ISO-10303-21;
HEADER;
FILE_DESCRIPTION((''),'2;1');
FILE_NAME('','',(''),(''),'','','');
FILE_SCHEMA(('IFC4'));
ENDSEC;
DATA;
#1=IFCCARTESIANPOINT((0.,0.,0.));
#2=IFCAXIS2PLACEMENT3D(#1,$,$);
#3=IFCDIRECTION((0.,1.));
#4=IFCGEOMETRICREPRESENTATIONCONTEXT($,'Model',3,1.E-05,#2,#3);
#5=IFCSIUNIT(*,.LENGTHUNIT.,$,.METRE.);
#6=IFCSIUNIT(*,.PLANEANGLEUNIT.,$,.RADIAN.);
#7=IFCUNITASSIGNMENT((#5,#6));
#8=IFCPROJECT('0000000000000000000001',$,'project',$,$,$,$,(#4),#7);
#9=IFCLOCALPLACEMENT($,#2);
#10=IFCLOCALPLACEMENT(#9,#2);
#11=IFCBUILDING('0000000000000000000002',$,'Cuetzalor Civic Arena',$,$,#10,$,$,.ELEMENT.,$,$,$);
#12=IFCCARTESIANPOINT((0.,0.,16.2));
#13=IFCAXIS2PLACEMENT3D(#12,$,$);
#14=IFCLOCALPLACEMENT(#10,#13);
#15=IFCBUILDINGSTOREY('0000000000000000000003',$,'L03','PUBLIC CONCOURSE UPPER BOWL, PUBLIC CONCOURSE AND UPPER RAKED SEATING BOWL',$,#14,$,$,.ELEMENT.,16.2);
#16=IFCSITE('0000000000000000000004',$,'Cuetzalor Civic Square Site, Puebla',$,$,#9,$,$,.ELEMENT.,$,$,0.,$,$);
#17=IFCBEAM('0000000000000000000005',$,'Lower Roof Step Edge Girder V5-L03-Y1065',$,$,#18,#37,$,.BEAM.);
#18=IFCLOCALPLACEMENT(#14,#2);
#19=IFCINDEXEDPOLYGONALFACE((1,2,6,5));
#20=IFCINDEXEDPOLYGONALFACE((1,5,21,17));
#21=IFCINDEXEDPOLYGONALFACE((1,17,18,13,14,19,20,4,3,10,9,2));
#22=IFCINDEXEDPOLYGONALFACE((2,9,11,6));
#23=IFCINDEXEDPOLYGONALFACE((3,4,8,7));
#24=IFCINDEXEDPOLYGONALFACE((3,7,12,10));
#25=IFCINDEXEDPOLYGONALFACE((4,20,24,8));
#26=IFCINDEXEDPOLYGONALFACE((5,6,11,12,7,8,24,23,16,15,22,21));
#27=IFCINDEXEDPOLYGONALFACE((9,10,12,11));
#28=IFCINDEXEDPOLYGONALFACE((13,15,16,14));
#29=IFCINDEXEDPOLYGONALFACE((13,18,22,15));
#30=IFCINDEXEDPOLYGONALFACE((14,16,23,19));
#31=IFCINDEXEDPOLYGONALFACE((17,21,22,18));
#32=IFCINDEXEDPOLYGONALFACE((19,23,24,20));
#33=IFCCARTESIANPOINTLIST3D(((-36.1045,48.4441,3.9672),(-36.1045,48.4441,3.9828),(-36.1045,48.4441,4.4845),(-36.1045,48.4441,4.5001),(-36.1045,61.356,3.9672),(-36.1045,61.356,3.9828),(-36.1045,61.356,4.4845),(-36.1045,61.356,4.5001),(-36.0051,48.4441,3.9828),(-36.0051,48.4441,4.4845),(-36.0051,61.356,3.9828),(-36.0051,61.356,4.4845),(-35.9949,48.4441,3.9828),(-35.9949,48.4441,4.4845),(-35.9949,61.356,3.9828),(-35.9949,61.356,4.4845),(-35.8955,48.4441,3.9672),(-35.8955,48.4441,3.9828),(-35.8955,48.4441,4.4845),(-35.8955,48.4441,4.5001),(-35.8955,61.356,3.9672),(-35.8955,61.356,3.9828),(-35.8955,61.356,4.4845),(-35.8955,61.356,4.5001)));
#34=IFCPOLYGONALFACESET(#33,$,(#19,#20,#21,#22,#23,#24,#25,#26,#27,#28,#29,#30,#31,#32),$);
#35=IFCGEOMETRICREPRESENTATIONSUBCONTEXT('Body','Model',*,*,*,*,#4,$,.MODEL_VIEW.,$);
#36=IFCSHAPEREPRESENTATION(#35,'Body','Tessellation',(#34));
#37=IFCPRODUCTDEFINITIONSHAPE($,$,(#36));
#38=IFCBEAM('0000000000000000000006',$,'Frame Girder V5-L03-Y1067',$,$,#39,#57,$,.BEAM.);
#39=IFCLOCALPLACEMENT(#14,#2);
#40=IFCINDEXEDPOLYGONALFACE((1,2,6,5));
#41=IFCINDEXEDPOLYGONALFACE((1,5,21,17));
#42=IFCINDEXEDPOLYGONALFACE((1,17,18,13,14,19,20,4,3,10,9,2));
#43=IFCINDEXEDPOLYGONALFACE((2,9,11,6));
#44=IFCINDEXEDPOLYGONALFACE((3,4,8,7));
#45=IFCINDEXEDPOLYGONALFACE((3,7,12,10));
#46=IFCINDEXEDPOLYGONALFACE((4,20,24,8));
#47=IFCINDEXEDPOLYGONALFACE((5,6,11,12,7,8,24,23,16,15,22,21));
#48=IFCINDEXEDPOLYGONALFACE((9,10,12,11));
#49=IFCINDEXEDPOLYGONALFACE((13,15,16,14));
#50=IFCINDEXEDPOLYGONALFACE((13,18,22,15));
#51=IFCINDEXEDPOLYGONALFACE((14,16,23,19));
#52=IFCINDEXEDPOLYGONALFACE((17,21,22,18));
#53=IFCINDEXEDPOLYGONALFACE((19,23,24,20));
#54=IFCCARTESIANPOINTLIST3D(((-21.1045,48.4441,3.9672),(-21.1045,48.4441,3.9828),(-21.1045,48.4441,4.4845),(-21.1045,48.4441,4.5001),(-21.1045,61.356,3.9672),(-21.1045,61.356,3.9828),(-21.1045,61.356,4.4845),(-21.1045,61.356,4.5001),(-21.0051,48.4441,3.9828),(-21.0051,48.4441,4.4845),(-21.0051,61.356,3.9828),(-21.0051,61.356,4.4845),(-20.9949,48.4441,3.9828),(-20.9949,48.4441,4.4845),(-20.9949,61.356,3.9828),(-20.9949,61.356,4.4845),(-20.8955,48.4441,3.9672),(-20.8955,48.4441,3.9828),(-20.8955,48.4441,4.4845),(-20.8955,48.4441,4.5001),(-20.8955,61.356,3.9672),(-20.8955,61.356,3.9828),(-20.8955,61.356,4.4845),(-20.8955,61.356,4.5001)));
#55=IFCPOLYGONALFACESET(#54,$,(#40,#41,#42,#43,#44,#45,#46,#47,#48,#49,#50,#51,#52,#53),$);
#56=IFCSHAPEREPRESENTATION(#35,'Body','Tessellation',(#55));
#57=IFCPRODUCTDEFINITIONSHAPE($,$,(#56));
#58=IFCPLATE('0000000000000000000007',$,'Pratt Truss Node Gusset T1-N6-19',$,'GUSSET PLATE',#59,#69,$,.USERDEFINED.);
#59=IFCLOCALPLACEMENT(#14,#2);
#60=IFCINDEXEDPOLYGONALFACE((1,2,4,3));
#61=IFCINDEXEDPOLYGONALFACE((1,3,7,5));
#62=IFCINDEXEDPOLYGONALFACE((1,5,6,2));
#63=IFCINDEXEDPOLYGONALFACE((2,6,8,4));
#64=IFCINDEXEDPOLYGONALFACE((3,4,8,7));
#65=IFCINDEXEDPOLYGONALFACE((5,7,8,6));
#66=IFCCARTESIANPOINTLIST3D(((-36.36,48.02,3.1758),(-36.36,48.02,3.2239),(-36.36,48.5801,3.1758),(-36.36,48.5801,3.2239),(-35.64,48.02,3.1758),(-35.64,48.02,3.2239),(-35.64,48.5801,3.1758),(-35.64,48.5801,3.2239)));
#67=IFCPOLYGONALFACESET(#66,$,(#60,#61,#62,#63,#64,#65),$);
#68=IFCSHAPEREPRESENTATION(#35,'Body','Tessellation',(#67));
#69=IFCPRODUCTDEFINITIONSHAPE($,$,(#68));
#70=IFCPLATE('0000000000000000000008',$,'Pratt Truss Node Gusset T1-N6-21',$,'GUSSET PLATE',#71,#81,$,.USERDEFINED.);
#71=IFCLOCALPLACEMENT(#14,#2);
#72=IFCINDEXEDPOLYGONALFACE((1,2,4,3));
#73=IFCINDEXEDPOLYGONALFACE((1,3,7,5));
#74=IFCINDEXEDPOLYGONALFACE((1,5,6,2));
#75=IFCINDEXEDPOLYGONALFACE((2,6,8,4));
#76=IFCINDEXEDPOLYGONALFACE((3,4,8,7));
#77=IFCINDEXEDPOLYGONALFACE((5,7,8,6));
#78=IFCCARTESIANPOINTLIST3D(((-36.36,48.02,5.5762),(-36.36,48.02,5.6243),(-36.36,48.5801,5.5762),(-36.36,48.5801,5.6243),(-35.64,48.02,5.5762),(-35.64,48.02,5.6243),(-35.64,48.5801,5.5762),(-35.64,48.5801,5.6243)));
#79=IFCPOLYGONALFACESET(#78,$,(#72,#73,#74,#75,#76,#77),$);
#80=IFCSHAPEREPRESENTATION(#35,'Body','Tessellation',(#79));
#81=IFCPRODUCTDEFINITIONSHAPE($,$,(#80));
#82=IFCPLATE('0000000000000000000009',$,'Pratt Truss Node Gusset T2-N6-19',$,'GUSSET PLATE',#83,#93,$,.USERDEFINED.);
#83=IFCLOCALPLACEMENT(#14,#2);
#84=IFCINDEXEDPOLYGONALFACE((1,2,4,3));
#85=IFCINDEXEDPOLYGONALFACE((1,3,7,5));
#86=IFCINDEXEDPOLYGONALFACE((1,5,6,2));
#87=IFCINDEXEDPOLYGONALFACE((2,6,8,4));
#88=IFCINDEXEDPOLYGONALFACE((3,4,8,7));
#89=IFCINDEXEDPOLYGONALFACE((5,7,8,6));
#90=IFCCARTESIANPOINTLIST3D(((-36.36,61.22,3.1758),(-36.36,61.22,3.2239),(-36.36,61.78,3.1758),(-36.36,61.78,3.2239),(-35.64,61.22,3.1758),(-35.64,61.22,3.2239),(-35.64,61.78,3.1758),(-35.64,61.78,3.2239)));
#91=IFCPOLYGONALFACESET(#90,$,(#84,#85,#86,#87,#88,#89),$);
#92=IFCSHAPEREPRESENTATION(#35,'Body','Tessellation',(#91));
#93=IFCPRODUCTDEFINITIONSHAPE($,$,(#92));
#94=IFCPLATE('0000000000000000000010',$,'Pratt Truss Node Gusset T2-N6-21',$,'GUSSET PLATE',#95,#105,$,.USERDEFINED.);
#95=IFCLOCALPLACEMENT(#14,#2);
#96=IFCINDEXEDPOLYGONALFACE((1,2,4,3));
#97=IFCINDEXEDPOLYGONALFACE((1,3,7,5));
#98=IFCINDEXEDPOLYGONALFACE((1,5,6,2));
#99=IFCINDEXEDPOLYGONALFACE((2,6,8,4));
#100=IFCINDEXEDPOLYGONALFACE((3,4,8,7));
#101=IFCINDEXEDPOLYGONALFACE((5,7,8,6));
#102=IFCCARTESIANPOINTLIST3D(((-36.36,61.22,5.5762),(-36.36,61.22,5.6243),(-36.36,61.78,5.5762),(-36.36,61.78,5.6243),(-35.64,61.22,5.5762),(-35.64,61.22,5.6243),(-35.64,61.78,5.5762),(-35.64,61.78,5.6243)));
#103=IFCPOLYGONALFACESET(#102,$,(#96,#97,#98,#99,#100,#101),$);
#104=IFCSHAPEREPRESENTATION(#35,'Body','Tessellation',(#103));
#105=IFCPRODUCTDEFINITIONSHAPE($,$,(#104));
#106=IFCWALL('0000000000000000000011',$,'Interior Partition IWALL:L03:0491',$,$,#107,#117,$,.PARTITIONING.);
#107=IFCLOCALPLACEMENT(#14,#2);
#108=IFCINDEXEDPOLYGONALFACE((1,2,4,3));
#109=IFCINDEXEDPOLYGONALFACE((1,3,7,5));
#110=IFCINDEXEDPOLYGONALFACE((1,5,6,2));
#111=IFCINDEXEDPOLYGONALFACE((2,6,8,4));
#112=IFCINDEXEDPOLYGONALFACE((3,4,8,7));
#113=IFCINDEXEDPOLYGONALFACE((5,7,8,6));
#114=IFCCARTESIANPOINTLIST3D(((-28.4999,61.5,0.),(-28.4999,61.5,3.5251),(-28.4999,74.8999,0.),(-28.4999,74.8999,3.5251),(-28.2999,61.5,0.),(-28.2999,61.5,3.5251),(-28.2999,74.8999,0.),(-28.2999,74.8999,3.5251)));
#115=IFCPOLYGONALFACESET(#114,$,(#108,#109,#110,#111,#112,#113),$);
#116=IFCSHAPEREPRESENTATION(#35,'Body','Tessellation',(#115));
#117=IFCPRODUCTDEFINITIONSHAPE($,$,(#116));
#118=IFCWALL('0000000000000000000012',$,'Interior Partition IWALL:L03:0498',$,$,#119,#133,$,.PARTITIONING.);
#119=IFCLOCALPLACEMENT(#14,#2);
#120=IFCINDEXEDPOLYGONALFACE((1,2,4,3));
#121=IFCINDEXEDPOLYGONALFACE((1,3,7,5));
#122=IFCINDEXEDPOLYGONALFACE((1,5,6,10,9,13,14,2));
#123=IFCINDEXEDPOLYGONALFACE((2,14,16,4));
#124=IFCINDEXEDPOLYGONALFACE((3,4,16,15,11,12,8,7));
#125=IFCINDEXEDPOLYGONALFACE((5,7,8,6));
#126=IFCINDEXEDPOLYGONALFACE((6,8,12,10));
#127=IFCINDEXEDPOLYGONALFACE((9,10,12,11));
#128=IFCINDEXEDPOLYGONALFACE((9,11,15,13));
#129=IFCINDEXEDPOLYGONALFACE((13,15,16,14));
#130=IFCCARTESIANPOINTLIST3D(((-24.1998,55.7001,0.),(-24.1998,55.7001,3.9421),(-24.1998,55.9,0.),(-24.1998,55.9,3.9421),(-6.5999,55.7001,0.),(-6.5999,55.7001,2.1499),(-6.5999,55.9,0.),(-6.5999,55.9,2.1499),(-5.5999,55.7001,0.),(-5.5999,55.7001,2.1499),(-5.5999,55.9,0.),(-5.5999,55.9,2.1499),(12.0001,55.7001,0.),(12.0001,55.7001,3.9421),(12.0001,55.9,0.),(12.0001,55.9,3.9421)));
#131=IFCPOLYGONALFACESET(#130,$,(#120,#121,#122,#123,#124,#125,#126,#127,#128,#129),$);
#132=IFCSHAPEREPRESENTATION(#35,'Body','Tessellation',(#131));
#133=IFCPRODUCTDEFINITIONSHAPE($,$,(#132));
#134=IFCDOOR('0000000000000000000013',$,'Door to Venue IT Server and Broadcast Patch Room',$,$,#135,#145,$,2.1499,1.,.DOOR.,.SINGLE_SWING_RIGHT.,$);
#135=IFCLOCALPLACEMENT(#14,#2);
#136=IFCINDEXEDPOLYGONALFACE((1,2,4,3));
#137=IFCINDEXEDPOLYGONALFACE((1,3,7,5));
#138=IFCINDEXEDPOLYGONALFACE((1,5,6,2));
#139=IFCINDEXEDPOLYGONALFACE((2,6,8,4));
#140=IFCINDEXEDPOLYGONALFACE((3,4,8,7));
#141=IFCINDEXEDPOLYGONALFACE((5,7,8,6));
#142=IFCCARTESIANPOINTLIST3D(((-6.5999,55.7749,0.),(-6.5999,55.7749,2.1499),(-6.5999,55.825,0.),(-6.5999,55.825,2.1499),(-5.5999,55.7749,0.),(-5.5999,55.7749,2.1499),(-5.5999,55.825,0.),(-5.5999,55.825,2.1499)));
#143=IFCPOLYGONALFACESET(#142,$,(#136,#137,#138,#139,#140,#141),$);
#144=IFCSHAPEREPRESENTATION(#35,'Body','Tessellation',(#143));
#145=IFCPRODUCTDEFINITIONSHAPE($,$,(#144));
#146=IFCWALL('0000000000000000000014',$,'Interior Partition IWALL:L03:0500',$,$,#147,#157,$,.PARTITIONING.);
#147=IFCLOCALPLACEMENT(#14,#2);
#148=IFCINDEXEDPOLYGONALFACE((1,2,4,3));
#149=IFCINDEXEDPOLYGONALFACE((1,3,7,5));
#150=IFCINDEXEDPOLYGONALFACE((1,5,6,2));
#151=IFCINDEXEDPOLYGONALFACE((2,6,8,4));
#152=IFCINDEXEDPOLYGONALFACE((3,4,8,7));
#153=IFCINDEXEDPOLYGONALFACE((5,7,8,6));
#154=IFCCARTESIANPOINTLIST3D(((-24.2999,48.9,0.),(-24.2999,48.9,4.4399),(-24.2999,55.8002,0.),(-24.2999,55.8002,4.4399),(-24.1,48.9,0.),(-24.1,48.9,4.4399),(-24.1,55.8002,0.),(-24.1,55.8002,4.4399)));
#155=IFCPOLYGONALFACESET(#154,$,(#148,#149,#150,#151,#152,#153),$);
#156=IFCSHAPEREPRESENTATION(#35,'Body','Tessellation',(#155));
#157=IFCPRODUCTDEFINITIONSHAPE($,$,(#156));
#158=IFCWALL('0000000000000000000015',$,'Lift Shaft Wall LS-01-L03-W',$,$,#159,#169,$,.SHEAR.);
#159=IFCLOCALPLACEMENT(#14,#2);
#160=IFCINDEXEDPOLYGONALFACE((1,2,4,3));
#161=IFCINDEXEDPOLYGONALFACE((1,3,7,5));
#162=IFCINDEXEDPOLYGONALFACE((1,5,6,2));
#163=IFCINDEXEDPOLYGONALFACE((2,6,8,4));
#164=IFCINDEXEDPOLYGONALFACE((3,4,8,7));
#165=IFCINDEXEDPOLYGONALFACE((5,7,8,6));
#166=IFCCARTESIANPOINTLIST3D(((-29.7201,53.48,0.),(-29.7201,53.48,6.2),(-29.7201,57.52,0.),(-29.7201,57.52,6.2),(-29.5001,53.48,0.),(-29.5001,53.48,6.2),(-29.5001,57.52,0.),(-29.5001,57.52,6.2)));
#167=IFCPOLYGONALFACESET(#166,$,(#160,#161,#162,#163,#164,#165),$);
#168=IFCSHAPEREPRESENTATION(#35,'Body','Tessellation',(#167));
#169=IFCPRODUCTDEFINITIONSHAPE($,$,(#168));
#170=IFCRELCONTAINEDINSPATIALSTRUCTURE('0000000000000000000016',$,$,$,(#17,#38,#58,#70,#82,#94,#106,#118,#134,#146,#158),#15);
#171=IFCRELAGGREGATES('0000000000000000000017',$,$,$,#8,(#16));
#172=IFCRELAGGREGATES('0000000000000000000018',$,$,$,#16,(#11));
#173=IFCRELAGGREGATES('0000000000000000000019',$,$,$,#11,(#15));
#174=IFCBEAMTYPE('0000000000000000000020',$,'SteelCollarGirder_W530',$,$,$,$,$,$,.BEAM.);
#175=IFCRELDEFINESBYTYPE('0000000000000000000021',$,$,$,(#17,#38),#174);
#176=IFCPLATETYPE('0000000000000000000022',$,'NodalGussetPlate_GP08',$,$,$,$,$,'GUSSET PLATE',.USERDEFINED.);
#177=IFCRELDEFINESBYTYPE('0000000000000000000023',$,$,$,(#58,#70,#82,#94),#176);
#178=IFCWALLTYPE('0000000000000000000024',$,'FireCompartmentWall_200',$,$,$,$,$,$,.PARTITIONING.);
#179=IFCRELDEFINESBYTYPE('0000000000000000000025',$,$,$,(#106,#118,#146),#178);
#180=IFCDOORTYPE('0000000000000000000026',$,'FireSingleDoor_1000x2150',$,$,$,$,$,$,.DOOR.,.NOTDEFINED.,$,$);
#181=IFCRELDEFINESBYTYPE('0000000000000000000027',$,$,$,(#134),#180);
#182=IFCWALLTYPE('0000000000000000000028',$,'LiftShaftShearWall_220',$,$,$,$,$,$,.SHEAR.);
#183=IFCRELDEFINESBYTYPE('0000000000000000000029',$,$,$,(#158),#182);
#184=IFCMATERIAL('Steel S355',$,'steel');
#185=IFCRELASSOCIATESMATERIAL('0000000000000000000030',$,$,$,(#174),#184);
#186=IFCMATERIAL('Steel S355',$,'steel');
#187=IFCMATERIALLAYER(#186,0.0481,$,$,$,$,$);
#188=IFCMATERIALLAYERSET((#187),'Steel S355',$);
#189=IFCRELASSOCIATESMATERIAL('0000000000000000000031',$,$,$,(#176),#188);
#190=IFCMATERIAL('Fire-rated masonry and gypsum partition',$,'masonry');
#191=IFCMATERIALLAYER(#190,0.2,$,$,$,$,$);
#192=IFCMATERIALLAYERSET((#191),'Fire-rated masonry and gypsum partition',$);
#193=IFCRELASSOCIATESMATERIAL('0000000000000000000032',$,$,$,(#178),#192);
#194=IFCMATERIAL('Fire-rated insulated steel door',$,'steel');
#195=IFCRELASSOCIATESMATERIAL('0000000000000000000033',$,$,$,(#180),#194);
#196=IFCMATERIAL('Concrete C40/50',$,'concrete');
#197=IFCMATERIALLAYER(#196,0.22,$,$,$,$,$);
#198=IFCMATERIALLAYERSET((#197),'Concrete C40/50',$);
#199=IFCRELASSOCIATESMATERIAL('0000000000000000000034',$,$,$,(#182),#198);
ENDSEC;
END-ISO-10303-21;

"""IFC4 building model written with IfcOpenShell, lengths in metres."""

from ifc_helpers import new_model, si_unit, direction, frame, frame_2d, origin, origin_2d, place, context, subcontext, project, spatial, rectangle, i_section, extrude, material, layer, layer_set, material_profile, profile_set, type_object, element, fill, save


model = new_model("IFC4")

# Units and contexts
model_context = context("Model", 3, precision=1e-05, world=origin(), true_north=direction((0.0, 1.0)))
body_context = subcontext(model_context, "Body", "Model", "MODEL_VIEW")
ifc_project = project(units=[si_unit("LENGTHUNIT", "METRE"), si_unit("PLANEANGLEUNIT", "RADIAN")], contexts=[model_context])

# Site, building, storey
site_placement = place(None, origin())
site = spatial("IfcSite", under=ifc_project, at=site_placement, Name="Cuetzalor Civic Square Site, Puebla", CompositionType="ELEMENT", RefElevation=0.0)
building_placement = place(site_placement, origin())
building = spatial("IfcBuilding", under=site, at=building_placement, Name="Cuetzalor Civic Arena", CompositionType="ELEMENT")
storey_placement = place(building_placement, frame((0.0, 0.0, 16.2)))
storey = spatial("IfcBuildingStorey", under=building, at=storey_placement, Name="L03", Description="PUBLIC CONCOURSE UPPER BOWL, PUBLIC CONCOURSE AND UPPER RAKED SEATING BOWL", CompositionType="ELEMENT", Elevation=16.2)

# Beams
ifc_material_1 = material(Name="Steel S355", Category="steel")
ifc_material_profile_1 = material_profile(ifc_material_1, i_section(OverallWidth=0.209, OverallDepth=0.533, WebThickness=0.0103, FlangeThickness=0.0156, at=origin_2d()), Name="W530x92")
ifc_profile_set_1 = profile_set([ifc_material_profile_1], Name="Steel S355")
beam_type_1 = type_object("IfcBeamType", Name="SteelCollarGirder_W530", PredefinedType="BEAM", material=ifc_profile_set_1)
for number, where, z_axis, x_axis, name in (
    (1, (-36.0, 48.4441, 4.2336), (0.0, 1.0, 0.0), (-1.0, 0.0, 0.0), "Lower Roof Step Edge Girder V5-L03-Y1065"),
    (2, (-21.0, 48.4441, 4.2336), (0.0, 1.0, 0.0), (-1.0, 0.0, 0.0), "Frame Girder V5-L03-Y1067"),
):
    element("IfcBeam", number, at=place(storey_placement, frame(where, z_axis=z_axis, x_axis=x_axis)), inside=storey, type_object=beam_type_1, Name=name, PredefinedType="BEAM", context=body_context, shape_type="SweptSolid", body=[
        extrude(i_section(OverallWidth=0.209, OverallDepth=0.533, WebThickness=0.0103, FlangeThickness=0.0156, at=origin_2d()), origin(), (0.0, 0.0, 1.0), 12.9119),
    ])

# Plates
ifc_material_2 = material(Name="Steel S355", Category="steel")
ifc_layer_1 = layer(ifc_material_2, 0.0481)
ifc_layer_set_1 = layer_set([ifc_layer_1], Name="Steel S355")
plate_type = type_object("IfcPlateType", Name="NodalGussetPlate_GP08", ElementType="GUSSET PLATE", PredefinedType="USERDEFINED", material=ifc_layer_set_1)
for number, where, z_axis, x_axis, name in (
    (3, (-36.0, 48.3, 3.1758), (0.0, 0.0, 1.0), (1.0, 0.0, 0.0), "Pratt Truss Node Gusset T1-N6-19"),
    (4, (-36.0, 48.3, 5.5762), (0.0, 0.0, 1.0), (1.0, 0.0, 0.0), "Pratt Truss Node Gusset T1-N6-21"),
    (5, (-36.0, 61.5, 3.1758), (0.0, 0.0, 1.0), (1.0, 0.0, 0.0), "Pratt Truss Node Gusset T2-N6-19"),
    (6, (-36.0, 61.5, 5.5762), (0.0, 0.0, 1.0), (1.0, 0.0, 0.0), "Pratt Truss Node Gusset T2-N6-21"),
):
    element("IfcPlate", number, at=place(storey_placement, frame(where, z_axis=z_axis, x_axis=x_axis)), inside=storey, type_object=plate_type, Name=name, ObjectType="GUSSET PLATE", PredefinedType="USERDEFINED", context=body_context, shape_type="SweptSolid", body=[
        extrude(rectangle(XDim=0.72, YDim=0.5601, at=origin_2d()), origin(), (0.0, 0.0, 1.0), 0.0481),
    ])

# Wall
ifc_material_3 = material(Name="Fire-rated masonry and gypsum partition", Category="masonry")
ifc_layer_2 = layer(ifc_material_3, 0.2)
ifc_layer_set_2 = layer_set([ifc_layer_2], Name="Fire-rated masonry and gypsum partition")
wall_type_1 = type_object("IfcWallType", Name="FireCompartmentWall_200", PredefinedType="PARTITIONING", material=ifc_layer_set_2)
wall_1_placement = place(storey_placement, frame((-28.3999, 61.5, 0.0), z_axis=(0.0, 0.0, 1.0), x_axis=(0.0, 1.0, 0.0)))
element("IfcWall", 7, at=wall_1_placement, inside=storey, type_object=wall_type_1, Name="Interior Partition IWALL:L03:0491", PredefinedType="PARTITIONING", context=body_context, shape_type="SweptSolid", body=[
    extrude(rectangle(XDim=13.3999, YDim=0.2, at=frame_2d((6.7, 0.0))), origin(), (0.0, 0.0, 1.0), 3.5251),
])

# Wall, opening, door
wall_2_placement = place(storey_placement, frame((-24.2, 55.8, 0.0), z_axis=(0.0, 0.0, 1.0), x_axis=(1.0, 0.0, 0.0)))
wall_2 = element("IfcWall", 8, at=wall_2_placement, inside=storey, type_object=wall_type_1, Name="Interior Partition IWALL:L03:0498", PredefinedType="PARTITIONING", context=body_context, shape_type="SweptSolid", body=[
    extrude(rectangle(XDim=36.2, YDim=0.2, at=frame_2d((18.1001, 0.0))), origin(), (0.0, 0.0, 1.0), 3.9421),
])
opening_1_placement = place(wall_2_placement, frame((17.6001, 0.0, 0.0)))
opening_1 = element("IfcOpeningElement", 9, at=opening_1_placement, cuts=wall_2, PredefinedType="OPENING", context=body_context, shape_type="SweptSolid", body=[
    extrude(rectangle(XDim=1.0, YDim=2.1499, at=frame_2d((0.5, 1.075))), frame((0.0, 0.1099, 0.0), z_axis=(0.0, -1.0, 0.0), x_axis=(1.0, 0.0, 0.0)), (0.0, 0.0, 1.0), 0.22),
])
ifc_material_4 = material(Name="Fire-rated insulated steel door", Category="steel")
door_type_1 = type_object("IfcDoorType", Name="FireSingleDoor_1000x2150", OperationType="NOTDEFINED", PredefinedType="DOOR", material=ifc_material_4)
door_1_placement = place(opening_1_placement, origin())
door_1 = element("IfcDoor", 10, at=door_1_placement, inside=storey, type_object=door_type_1, Name="Door to Venue IT Server and Broadcast Patch Room", OperationType="SINGLE_SWING_RIGHT", OverallHeight=2.1499, OverallWidth=1.0, PredefinedType="DOOR", context=body_context, shape_type="SweptSolid", body=[
    extrude(rectangle(XDim=1.0, YDim=2.1499, at=frame_2d((0.5, 1.075))), frame((0.0, 0.0249, 0.0), z_axis=(0.0, -1.0, 0.0), x_axis=(1.0, 0.0, 0.0)), (0.0, 0.0, 1.0), 0.05),
])
fill(opening_1, door_1)

# Walls
wall_3_placement = place(storey_placement, frame((-24.2, 48.8999, 0.0), z_axis=(0.0, 0.0, 1.0), x_axis=(0.0, 1.0, 0.0)))
element("IfcWall", 11, at=wall_3_placement, inside=storey, type_object=wall_type_1, Name="Interior Partition IWALL:L03:0500", PredefinedType="PARTITIONING", context=body_context, shape_type="SweptSolid", body=[
    extrude(rectangle(XDim=6.9001, YDim=0.2, at=frame_2d((3.4502, 0.0))), origin(), (0.0, 0.0, 1.0), 4.4399),
])
ifc_material_5 = material(Name="Concrete C40/50", Category="concrete")
ifc_layer_3 = layer(ifc_material_5, 0.22)
ifc_layer_set_3 = layer_set([ifc_layer_3], Name="Concrete C40/50")
wall_type_2 = type_object("IfcWallType", Name="LiftShaftShearWall_220", PredefinedType="SHEAR", material=ifc_layer_set_3)
wall_4_placement = place(storey_placement, frame((-29.6101, 53.48, 0.0), z_axis=(0.0, 0.0, 1.0), x_axis=(0.0, 1.0, 0.0)))
element("IfcWall", 12, at=wall_4_placement, inside=storey, type_object=wall_type_2, Name="Lift Shaft Wall LS-01-L03-W", PredefinedType="SHEAR", context=body_context, shape_type="SweptSolid", body=[
    extrude(rectangle(XDim=4.04, YDim=0.22, at=frame_2d((2.02, 0.0))), origin(), (0.0, 0.0, 1.0), 6.2),
])

save(model, "model.ifc")
